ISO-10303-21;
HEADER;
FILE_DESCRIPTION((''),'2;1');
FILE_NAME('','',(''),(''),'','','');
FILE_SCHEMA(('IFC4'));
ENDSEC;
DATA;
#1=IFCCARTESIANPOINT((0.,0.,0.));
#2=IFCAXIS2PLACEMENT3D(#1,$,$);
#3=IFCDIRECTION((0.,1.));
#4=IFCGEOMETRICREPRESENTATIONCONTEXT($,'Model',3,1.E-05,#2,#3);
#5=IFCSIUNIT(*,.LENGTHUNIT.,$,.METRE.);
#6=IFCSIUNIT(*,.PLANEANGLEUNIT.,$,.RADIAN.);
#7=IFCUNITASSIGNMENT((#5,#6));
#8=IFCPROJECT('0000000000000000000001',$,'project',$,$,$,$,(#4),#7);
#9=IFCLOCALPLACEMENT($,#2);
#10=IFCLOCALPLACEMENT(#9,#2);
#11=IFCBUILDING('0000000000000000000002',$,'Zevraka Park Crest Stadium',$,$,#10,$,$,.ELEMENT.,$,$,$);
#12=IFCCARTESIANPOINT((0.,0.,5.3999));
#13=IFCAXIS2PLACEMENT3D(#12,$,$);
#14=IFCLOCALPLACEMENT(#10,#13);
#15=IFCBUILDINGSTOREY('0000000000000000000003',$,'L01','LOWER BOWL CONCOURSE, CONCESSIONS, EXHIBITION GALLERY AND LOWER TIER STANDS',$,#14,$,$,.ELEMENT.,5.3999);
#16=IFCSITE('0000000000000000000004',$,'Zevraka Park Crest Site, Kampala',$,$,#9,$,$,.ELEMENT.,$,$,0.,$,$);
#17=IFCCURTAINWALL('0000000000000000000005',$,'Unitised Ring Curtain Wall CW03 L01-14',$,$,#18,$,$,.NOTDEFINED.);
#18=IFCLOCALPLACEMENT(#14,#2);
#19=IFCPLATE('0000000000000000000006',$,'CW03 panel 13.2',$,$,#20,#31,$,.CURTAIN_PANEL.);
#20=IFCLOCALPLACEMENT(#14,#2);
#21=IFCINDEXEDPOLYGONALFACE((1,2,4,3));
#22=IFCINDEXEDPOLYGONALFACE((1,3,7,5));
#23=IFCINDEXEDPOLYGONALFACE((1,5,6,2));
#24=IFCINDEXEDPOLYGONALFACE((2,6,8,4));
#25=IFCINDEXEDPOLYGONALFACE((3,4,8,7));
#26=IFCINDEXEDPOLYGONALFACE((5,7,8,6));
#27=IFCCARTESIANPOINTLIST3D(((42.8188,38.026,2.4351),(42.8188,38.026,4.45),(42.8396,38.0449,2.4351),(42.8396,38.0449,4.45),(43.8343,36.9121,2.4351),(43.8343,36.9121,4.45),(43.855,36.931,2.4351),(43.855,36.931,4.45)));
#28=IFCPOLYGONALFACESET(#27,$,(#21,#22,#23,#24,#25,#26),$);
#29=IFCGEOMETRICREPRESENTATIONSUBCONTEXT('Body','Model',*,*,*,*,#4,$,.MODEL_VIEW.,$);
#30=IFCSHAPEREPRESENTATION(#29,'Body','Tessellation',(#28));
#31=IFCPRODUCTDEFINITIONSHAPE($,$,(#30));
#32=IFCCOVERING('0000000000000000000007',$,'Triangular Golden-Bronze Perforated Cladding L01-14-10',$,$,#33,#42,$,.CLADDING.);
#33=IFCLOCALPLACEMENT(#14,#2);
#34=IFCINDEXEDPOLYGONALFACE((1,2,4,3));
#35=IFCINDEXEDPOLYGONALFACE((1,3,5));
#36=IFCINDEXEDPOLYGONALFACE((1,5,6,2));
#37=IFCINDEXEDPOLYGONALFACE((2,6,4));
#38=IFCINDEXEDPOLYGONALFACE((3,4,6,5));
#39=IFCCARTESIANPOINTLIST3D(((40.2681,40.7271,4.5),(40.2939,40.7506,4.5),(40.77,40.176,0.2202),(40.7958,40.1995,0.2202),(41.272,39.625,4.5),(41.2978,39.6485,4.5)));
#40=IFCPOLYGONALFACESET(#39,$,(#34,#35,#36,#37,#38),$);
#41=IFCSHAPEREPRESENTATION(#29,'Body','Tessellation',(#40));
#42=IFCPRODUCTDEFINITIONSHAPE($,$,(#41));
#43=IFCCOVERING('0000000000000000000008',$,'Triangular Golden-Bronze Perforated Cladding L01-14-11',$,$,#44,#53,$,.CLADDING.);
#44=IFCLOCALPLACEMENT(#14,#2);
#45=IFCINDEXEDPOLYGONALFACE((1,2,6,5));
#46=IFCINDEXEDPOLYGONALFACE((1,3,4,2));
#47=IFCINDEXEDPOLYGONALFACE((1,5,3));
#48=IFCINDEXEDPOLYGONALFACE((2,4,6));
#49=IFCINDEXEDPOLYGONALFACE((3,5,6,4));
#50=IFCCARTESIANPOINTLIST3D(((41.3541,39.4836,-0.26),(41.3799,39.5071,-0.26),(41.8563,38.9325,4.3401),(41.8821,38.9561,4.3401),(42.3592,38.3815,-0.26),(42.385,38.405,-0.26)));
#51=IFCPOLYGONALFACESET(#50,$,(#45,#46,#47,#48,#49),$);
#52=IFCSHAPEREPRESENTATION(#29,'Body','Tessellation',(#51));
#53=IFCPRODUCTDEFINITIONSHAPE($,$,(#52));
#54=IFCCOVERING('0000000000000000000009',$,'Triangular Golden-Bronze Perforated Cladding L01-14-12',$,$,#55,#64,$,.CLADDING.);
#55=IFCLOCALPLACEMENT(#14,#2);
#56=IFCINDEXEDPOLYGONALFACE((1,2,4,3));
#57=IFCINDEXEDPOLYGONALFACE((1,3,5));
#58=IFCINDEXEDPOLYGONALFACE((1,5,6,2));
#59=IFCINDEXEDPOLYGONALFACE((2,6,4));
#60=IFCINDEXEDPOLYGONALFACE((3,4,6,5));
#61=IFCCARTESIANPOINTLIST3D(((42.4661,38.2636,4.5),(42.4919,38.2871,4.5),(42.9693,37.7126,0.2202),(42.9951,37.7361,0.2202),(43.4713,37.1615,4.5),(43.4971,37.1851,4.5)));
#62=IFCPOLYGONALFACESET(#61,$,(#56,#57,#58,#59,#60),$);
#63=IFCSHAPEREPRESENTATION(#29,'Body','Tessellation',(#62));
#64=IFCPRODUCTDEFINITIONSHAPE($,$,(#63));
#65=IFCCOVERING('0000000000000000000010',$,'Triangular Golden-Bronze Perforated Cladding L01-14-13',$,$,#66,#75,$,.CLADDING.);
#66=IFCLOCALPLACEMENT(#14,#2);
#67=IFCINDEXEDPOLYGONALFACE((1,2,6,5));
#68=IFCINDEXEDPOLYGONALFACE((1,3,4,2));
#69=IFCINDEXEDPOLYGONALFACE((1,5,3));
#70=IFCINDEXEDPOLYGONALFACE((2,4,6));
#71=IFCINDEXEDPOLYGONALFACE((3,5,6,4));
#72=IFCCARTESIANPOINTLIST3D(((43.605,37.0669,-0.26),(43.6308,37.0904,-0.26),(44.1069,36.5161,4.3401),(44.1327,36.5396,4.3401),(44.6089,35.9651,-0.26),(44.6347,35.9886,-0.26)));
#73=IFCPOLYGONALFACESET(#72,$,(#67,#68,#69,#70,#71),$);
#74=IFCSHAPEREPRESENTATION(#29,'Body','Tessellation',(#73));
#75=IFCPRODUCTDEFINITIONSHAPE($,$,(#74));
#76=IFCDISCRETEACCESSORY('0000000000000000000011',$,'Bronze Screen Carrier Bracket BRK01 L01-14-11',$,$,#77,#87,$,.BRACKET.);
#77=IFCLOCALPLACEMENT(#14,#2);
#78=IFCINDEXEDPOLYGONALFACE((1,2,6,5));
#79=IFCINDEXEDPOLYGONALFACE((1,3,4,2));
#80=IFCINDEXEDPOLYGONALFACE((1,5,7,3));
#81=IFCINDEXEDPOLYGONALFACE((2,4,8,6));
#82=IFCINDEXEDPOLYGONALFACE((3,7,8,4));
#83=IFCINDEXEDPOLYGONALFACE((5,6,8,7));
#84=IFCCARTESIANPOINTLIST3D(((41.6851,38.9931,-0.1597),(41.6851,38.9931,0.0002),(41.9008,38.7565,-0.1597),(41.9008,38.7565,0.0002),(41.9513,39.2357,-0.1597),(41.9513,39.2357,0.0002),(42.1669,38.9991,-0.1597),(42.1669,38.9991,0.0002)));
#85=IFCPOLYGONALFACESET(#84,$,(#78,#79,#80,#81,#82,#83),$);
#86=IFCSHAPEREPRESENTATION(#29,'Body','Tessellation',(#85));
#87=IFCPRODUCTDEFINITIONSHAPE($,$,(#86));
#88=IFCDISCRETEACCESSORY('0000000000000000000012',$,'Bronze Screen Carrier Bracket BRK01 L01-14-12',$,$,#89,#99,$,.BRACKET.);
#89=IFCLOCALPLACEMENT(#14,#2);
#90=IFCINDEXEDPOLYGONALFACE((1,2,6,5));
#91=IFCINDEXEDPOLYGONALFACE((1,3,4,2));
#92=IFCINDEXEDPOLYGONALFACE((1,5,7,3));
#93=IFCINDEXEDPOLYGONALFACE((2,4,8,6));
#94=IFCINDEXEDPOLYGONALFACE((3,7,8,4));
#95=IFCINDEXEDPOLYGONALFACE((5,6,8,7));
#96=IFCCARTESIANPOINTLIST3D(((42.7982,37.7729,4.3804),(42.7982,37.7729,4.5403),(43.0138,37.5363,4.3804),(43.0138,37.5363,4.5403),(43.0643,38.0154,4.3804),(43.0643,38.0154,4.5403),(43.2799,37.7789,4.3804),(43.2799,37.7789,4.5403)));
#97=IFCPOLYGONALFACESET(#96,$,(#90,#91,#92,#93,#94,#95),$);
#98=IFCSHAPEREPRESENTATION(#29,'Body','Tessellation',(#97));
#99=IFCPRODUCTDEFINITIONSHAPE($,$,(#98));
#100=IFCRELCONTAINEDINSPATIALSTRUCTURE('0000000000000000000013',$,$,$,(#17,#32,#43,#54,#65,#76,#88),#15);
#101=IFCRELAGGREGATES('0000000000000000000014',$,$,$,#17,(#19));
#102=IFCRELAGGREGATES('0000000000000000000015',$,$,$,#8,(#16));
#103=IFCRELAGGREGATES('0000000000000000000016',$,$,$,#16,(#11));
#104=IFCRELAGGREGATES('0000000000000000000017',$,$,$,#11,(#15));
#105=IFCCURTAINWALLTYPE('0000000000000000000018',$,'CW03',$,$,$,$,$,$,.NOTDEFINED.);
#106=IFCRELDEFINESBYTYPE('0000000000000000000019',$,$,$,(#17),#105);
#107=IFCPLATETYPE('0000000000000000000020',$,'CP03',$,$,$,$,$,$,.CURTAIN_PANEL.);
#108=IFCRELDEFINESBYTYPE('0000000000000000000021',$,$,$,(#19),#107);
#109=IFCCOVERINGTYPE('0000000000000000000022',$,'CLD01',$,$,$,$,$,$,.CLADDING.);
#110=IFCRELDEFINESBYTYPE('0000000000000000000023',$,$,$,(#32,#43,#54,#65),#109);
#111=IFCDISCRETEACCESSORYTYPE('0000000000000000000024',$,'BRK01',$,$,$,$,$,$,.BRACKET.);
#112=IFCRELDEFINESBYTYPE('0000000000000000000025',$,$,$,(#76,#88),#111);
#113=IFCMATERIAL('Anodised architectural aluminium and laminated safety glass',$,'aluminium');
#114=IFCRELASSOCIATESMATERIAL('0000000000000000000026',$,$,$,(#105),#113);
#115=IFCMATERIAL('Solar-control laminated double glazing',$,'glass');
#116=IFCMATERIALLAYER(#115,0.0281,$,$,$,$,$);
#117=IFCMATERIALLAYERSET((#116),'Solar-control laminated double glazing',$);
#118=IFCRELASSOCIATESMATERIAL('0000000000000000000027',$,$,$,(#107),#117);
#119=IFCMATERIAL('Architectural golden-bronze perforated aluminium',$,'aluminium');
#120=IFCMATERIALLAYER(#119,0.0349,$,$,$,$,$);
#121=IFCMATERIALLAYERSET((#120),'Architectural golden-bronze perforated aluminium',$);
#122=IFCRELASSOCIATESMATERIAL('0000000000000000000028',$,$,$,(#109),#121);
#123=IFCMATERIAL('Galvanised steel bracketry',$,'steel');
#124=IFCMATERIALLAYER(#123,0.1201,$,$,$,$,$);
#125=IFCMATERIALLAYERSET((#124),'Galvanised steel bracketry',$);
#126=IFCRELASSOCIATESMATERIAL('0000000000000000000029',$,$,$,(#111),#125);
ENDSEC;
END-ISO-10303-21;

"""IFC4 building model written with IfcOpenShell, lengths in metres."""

from ifc_helpers import new_model, si_unit, direction, frame, origin, origin_2d, place, context, subcontext, project, spatial, polyline, rectangle, outline, extrude, material, layer, layer_set, type_object, element, aggregate, save


model = new_model("IFC4")

# Units and contexts
model_context = context("Model", 3, precision=1e-05, world=origin(), true_north=direction((0.0, 1.0)))
body_context = subcontext(model_context, "Body", "Model", "MODEL_VIEW")
ifc_project = project(units=[si_unit("LENGTHUNIT", "METRE"), si_unit("PLANEANGLEUNIT", "RADIAN")], contexts=[model_context])

# Site, building, storey
site_placement = place(None, origin())
site = spatial("IfcSite", under=ifc_project, at=site_placement, Name="Zevraka Park Crest Site, Kampala", CompositionType="ELEMENT", RefElevation=0.0)
building_placement = place(site_placement, origin())
building = spatial("IfcBuilding", under=site, at=building_placement, Name="Zevraka Park Crest Stadium", CompositionType="ELEMENT")
storey_placement = place(building_placement, frame((0.0, 0.0, 5.3999)))
storey = spatial("IfcBuildingStorey", under=building, at=storey_placement, Name="L01", Description="LOWER BOWL CONCOURSE, CONCESSIONS, EXHIBITION GALLERY AND LOWER TIER STANDS", CompositionType="ELEMENT", Elevation=5.3999)

# Curtain wall, plate
ifc_material_1 = material(Name="Anodised architectural aluminium and laminated safety glass", Category="aluminium")
curtain_wall_type = type_object("IfcCurtainWallType", Name="CW03", PredefinedType="NOTDEFINED", material=ifc_material_1)
curtain_wall_placement = place(storey_placement, origin())
curtain_wall = element("IfcCurtainWall", 1, at=curtain_wall_placement, inside=storey, type_object=curtain_wall_type, Name="Unitised Ring Curtain Wall CW03 L01-14", PredefinedType="NOTDEFINED")
ifc_material_2 = material(Name="Solar-control laminated double glazing", Category="glass")
ifc_layer_1 = layer(ifc_material_2, 0.0281)
ifc_layer_set_1 = layer_set([ifc_layer_1], Name="Solar-control laminated double glazing")
plate_type = type_object("IfcPlateType", Name="CP03", PredefinedType="CURTAIN_PANEL", material=ifc_layer_set_1)
plate_1_placement = place(storey_placement, frame((43.3369, 37.4785, 2.4351), z_axis=(0.0, 0.0, 1.0), x_axis=(0.67368, -0.739023, 0.0)))
plate_1 = element("IfcPlate", 2, at=plate_1_placement, type_object=plate_type, Name="CW03 panel 13.2", PredefinedType="CURTAIN_PANEL", context=body_context, shape_type="SweptSolid", body=[
    extrude(rectangle(XDim=1.5073, YDim=0.0281, at=origin_2d()), origin(), (0.0, 0.0, 1.0), 2.0149),
])
aggregate(curtain_wall, [plate_1])

# Coverings
ifc_material_3 = material(Name="Architectural golden-bronze perforated aluminium", Category="aluminium")
ifc_layer_2 = layer(ifc_material_3, 0.0349)
ifc_layer_set_2 = layer_set([ifc_layer_2], Name="Architectural golden-bronze perforated aluminium")
covering_type = type_object("IfcCoveringType", Name="CLD01", PredefinedType="CLADDING", material=ifc_layer_set_2)
covering_1_placement = place(storey_placement, frame((41.272, 39.625, 4.5), z_axis=(-0.739258, -0.673422, 0.0), x_axis=(-0.673422, 0.739258, 0.0)))
element("IfcCovering", 3, at=covering_1_placement, inside=storey, type_object=covering_type, Name="Triangular Golden-Bronze Perforated Cladding L01-14-10", PredefinedType="CLADDING", context=body_context, shape_type="SweptSolid", body=[
    extrude(outline(polyline([(0.0, 0.0), (1.4908, 0.0), (0.7454, 4.2798), (0.0, 0.0)])), origin(), (0.0, 0.0, -1.0), 0.0349),
])
covering_2_placement = place(storey_placement, frame((41.3799, 39.5071, -0.26), z_axis=(0.73885, 0.67387, 0.000059), x_axis=(0.67387, -0.73885, 0.0)))
element("IfcCovering", 4, at=covering_2_placement, inside=storey, type_object=covering_type, Name="Triangular Golden-Bronze Perforated Cladding L01-14-11", PredefinedType="CLADDING", context=body_context, shape_type="SweptSolid", body=[
    extrude(outline(polyline([(0.0, 0.0), (1.4916, 0.0), (0.7455, -4.6001), (0.0, 0.0)])), origin(), (0.0, 0.0, -1.0), 0.0349),
])
covering_3_placement = place(storey_placement, frame((43.4971, 37.1851, 4.5), z_axis=(0.73885, 0.67387, 0.000105), x_axis=(-0.67387, 0.73885, 0.0)))
element("IfcCovering", 5, at=covering_3_placement, inside=storey, type_object=covering_type, Name="Triangular Golden-Bronze Perforated Cladding L01-14-12", PredefinedType="CLADDING", context=body_context, shape_type="SweptSolid", body=[
    extrude(outline(polyline([(0.0, 0.0), (1.4916, 0.0), (0.7454, -4.2798), (0.0, 0.0)])), origin(), (0.0, 0.0, -1.0), 0.0349),
])
covering_4_placement = place(storey_placement, frame((43.605, 37.0669, -0.26), z_axis=(-0.739184, -0.673504, 0.000018), x_axis=(0.673504, -0.739184, 0.0)))
element("IfcCovering", 6, at=covering_4_placement, inside=storey, type_object=covering_type, Name="Triangular Golden-Bronze Perforated Cladding L01-14-13", PredefinedType="CLADDING", context=body_context, shape_type="SweptSolid", body=[
    extrude(outline(polyline([(0.0, 0.0), (1.4906, 0.0), (0.7452, 4.6001), (0.0, 0.0)])), origin(), (0.0, 0.0, -1.0), 0.0349),
])

# Discrete accessories
ifc_material_4 = material(Name="Galvanised steel bracketry", Category="steel")
ifc_layer_3 = layer(ifc_material_4, 0.1201)
ifc_layer_set_3 = layer_set([ifc_layer_3], Name="Galvanised steel bracketry")
discrete_accessory_type = type_object("IfcDiscreteAccessoryType", Name="BRK01", PredefinedType="BRACKET", material=ifc_layer_set_3)
for number, where, z_axis, x_axis, name in (
    (7, (41.926, 38.9961, -0.1597), (0.0, 0.0, 1.0), (0.673658, -0.739043, 0.0), "Bronze Screen Carrier Bracket BRK01 L01-14-11"),
    (8, (43.0391, 37.7759, 4.3804), (0.0, 0.0, 1.0), (0.673658, -0.739043, 0.0), "Bronze Screen Carrier Bracket BRK01 L01-14-12"),
):
    element("IfcDiscreteAccessory", number, at=place(storey_placement, frame(where, z_axis=z_axis, x_axis=x_axis)), inside=storey, type_object=discrete_accessory_type, Name=name, PredefinedType="BRACKET", context=body_context, shape_type="SweptSolid", body=[
        extrude(rectangle(XDim=0.3201, YDim=0.3601, at=origin_2d()), origin(), (0.0, 0.0, 1.0), 0.1599),
    ])

save(model, "model.ifc")
